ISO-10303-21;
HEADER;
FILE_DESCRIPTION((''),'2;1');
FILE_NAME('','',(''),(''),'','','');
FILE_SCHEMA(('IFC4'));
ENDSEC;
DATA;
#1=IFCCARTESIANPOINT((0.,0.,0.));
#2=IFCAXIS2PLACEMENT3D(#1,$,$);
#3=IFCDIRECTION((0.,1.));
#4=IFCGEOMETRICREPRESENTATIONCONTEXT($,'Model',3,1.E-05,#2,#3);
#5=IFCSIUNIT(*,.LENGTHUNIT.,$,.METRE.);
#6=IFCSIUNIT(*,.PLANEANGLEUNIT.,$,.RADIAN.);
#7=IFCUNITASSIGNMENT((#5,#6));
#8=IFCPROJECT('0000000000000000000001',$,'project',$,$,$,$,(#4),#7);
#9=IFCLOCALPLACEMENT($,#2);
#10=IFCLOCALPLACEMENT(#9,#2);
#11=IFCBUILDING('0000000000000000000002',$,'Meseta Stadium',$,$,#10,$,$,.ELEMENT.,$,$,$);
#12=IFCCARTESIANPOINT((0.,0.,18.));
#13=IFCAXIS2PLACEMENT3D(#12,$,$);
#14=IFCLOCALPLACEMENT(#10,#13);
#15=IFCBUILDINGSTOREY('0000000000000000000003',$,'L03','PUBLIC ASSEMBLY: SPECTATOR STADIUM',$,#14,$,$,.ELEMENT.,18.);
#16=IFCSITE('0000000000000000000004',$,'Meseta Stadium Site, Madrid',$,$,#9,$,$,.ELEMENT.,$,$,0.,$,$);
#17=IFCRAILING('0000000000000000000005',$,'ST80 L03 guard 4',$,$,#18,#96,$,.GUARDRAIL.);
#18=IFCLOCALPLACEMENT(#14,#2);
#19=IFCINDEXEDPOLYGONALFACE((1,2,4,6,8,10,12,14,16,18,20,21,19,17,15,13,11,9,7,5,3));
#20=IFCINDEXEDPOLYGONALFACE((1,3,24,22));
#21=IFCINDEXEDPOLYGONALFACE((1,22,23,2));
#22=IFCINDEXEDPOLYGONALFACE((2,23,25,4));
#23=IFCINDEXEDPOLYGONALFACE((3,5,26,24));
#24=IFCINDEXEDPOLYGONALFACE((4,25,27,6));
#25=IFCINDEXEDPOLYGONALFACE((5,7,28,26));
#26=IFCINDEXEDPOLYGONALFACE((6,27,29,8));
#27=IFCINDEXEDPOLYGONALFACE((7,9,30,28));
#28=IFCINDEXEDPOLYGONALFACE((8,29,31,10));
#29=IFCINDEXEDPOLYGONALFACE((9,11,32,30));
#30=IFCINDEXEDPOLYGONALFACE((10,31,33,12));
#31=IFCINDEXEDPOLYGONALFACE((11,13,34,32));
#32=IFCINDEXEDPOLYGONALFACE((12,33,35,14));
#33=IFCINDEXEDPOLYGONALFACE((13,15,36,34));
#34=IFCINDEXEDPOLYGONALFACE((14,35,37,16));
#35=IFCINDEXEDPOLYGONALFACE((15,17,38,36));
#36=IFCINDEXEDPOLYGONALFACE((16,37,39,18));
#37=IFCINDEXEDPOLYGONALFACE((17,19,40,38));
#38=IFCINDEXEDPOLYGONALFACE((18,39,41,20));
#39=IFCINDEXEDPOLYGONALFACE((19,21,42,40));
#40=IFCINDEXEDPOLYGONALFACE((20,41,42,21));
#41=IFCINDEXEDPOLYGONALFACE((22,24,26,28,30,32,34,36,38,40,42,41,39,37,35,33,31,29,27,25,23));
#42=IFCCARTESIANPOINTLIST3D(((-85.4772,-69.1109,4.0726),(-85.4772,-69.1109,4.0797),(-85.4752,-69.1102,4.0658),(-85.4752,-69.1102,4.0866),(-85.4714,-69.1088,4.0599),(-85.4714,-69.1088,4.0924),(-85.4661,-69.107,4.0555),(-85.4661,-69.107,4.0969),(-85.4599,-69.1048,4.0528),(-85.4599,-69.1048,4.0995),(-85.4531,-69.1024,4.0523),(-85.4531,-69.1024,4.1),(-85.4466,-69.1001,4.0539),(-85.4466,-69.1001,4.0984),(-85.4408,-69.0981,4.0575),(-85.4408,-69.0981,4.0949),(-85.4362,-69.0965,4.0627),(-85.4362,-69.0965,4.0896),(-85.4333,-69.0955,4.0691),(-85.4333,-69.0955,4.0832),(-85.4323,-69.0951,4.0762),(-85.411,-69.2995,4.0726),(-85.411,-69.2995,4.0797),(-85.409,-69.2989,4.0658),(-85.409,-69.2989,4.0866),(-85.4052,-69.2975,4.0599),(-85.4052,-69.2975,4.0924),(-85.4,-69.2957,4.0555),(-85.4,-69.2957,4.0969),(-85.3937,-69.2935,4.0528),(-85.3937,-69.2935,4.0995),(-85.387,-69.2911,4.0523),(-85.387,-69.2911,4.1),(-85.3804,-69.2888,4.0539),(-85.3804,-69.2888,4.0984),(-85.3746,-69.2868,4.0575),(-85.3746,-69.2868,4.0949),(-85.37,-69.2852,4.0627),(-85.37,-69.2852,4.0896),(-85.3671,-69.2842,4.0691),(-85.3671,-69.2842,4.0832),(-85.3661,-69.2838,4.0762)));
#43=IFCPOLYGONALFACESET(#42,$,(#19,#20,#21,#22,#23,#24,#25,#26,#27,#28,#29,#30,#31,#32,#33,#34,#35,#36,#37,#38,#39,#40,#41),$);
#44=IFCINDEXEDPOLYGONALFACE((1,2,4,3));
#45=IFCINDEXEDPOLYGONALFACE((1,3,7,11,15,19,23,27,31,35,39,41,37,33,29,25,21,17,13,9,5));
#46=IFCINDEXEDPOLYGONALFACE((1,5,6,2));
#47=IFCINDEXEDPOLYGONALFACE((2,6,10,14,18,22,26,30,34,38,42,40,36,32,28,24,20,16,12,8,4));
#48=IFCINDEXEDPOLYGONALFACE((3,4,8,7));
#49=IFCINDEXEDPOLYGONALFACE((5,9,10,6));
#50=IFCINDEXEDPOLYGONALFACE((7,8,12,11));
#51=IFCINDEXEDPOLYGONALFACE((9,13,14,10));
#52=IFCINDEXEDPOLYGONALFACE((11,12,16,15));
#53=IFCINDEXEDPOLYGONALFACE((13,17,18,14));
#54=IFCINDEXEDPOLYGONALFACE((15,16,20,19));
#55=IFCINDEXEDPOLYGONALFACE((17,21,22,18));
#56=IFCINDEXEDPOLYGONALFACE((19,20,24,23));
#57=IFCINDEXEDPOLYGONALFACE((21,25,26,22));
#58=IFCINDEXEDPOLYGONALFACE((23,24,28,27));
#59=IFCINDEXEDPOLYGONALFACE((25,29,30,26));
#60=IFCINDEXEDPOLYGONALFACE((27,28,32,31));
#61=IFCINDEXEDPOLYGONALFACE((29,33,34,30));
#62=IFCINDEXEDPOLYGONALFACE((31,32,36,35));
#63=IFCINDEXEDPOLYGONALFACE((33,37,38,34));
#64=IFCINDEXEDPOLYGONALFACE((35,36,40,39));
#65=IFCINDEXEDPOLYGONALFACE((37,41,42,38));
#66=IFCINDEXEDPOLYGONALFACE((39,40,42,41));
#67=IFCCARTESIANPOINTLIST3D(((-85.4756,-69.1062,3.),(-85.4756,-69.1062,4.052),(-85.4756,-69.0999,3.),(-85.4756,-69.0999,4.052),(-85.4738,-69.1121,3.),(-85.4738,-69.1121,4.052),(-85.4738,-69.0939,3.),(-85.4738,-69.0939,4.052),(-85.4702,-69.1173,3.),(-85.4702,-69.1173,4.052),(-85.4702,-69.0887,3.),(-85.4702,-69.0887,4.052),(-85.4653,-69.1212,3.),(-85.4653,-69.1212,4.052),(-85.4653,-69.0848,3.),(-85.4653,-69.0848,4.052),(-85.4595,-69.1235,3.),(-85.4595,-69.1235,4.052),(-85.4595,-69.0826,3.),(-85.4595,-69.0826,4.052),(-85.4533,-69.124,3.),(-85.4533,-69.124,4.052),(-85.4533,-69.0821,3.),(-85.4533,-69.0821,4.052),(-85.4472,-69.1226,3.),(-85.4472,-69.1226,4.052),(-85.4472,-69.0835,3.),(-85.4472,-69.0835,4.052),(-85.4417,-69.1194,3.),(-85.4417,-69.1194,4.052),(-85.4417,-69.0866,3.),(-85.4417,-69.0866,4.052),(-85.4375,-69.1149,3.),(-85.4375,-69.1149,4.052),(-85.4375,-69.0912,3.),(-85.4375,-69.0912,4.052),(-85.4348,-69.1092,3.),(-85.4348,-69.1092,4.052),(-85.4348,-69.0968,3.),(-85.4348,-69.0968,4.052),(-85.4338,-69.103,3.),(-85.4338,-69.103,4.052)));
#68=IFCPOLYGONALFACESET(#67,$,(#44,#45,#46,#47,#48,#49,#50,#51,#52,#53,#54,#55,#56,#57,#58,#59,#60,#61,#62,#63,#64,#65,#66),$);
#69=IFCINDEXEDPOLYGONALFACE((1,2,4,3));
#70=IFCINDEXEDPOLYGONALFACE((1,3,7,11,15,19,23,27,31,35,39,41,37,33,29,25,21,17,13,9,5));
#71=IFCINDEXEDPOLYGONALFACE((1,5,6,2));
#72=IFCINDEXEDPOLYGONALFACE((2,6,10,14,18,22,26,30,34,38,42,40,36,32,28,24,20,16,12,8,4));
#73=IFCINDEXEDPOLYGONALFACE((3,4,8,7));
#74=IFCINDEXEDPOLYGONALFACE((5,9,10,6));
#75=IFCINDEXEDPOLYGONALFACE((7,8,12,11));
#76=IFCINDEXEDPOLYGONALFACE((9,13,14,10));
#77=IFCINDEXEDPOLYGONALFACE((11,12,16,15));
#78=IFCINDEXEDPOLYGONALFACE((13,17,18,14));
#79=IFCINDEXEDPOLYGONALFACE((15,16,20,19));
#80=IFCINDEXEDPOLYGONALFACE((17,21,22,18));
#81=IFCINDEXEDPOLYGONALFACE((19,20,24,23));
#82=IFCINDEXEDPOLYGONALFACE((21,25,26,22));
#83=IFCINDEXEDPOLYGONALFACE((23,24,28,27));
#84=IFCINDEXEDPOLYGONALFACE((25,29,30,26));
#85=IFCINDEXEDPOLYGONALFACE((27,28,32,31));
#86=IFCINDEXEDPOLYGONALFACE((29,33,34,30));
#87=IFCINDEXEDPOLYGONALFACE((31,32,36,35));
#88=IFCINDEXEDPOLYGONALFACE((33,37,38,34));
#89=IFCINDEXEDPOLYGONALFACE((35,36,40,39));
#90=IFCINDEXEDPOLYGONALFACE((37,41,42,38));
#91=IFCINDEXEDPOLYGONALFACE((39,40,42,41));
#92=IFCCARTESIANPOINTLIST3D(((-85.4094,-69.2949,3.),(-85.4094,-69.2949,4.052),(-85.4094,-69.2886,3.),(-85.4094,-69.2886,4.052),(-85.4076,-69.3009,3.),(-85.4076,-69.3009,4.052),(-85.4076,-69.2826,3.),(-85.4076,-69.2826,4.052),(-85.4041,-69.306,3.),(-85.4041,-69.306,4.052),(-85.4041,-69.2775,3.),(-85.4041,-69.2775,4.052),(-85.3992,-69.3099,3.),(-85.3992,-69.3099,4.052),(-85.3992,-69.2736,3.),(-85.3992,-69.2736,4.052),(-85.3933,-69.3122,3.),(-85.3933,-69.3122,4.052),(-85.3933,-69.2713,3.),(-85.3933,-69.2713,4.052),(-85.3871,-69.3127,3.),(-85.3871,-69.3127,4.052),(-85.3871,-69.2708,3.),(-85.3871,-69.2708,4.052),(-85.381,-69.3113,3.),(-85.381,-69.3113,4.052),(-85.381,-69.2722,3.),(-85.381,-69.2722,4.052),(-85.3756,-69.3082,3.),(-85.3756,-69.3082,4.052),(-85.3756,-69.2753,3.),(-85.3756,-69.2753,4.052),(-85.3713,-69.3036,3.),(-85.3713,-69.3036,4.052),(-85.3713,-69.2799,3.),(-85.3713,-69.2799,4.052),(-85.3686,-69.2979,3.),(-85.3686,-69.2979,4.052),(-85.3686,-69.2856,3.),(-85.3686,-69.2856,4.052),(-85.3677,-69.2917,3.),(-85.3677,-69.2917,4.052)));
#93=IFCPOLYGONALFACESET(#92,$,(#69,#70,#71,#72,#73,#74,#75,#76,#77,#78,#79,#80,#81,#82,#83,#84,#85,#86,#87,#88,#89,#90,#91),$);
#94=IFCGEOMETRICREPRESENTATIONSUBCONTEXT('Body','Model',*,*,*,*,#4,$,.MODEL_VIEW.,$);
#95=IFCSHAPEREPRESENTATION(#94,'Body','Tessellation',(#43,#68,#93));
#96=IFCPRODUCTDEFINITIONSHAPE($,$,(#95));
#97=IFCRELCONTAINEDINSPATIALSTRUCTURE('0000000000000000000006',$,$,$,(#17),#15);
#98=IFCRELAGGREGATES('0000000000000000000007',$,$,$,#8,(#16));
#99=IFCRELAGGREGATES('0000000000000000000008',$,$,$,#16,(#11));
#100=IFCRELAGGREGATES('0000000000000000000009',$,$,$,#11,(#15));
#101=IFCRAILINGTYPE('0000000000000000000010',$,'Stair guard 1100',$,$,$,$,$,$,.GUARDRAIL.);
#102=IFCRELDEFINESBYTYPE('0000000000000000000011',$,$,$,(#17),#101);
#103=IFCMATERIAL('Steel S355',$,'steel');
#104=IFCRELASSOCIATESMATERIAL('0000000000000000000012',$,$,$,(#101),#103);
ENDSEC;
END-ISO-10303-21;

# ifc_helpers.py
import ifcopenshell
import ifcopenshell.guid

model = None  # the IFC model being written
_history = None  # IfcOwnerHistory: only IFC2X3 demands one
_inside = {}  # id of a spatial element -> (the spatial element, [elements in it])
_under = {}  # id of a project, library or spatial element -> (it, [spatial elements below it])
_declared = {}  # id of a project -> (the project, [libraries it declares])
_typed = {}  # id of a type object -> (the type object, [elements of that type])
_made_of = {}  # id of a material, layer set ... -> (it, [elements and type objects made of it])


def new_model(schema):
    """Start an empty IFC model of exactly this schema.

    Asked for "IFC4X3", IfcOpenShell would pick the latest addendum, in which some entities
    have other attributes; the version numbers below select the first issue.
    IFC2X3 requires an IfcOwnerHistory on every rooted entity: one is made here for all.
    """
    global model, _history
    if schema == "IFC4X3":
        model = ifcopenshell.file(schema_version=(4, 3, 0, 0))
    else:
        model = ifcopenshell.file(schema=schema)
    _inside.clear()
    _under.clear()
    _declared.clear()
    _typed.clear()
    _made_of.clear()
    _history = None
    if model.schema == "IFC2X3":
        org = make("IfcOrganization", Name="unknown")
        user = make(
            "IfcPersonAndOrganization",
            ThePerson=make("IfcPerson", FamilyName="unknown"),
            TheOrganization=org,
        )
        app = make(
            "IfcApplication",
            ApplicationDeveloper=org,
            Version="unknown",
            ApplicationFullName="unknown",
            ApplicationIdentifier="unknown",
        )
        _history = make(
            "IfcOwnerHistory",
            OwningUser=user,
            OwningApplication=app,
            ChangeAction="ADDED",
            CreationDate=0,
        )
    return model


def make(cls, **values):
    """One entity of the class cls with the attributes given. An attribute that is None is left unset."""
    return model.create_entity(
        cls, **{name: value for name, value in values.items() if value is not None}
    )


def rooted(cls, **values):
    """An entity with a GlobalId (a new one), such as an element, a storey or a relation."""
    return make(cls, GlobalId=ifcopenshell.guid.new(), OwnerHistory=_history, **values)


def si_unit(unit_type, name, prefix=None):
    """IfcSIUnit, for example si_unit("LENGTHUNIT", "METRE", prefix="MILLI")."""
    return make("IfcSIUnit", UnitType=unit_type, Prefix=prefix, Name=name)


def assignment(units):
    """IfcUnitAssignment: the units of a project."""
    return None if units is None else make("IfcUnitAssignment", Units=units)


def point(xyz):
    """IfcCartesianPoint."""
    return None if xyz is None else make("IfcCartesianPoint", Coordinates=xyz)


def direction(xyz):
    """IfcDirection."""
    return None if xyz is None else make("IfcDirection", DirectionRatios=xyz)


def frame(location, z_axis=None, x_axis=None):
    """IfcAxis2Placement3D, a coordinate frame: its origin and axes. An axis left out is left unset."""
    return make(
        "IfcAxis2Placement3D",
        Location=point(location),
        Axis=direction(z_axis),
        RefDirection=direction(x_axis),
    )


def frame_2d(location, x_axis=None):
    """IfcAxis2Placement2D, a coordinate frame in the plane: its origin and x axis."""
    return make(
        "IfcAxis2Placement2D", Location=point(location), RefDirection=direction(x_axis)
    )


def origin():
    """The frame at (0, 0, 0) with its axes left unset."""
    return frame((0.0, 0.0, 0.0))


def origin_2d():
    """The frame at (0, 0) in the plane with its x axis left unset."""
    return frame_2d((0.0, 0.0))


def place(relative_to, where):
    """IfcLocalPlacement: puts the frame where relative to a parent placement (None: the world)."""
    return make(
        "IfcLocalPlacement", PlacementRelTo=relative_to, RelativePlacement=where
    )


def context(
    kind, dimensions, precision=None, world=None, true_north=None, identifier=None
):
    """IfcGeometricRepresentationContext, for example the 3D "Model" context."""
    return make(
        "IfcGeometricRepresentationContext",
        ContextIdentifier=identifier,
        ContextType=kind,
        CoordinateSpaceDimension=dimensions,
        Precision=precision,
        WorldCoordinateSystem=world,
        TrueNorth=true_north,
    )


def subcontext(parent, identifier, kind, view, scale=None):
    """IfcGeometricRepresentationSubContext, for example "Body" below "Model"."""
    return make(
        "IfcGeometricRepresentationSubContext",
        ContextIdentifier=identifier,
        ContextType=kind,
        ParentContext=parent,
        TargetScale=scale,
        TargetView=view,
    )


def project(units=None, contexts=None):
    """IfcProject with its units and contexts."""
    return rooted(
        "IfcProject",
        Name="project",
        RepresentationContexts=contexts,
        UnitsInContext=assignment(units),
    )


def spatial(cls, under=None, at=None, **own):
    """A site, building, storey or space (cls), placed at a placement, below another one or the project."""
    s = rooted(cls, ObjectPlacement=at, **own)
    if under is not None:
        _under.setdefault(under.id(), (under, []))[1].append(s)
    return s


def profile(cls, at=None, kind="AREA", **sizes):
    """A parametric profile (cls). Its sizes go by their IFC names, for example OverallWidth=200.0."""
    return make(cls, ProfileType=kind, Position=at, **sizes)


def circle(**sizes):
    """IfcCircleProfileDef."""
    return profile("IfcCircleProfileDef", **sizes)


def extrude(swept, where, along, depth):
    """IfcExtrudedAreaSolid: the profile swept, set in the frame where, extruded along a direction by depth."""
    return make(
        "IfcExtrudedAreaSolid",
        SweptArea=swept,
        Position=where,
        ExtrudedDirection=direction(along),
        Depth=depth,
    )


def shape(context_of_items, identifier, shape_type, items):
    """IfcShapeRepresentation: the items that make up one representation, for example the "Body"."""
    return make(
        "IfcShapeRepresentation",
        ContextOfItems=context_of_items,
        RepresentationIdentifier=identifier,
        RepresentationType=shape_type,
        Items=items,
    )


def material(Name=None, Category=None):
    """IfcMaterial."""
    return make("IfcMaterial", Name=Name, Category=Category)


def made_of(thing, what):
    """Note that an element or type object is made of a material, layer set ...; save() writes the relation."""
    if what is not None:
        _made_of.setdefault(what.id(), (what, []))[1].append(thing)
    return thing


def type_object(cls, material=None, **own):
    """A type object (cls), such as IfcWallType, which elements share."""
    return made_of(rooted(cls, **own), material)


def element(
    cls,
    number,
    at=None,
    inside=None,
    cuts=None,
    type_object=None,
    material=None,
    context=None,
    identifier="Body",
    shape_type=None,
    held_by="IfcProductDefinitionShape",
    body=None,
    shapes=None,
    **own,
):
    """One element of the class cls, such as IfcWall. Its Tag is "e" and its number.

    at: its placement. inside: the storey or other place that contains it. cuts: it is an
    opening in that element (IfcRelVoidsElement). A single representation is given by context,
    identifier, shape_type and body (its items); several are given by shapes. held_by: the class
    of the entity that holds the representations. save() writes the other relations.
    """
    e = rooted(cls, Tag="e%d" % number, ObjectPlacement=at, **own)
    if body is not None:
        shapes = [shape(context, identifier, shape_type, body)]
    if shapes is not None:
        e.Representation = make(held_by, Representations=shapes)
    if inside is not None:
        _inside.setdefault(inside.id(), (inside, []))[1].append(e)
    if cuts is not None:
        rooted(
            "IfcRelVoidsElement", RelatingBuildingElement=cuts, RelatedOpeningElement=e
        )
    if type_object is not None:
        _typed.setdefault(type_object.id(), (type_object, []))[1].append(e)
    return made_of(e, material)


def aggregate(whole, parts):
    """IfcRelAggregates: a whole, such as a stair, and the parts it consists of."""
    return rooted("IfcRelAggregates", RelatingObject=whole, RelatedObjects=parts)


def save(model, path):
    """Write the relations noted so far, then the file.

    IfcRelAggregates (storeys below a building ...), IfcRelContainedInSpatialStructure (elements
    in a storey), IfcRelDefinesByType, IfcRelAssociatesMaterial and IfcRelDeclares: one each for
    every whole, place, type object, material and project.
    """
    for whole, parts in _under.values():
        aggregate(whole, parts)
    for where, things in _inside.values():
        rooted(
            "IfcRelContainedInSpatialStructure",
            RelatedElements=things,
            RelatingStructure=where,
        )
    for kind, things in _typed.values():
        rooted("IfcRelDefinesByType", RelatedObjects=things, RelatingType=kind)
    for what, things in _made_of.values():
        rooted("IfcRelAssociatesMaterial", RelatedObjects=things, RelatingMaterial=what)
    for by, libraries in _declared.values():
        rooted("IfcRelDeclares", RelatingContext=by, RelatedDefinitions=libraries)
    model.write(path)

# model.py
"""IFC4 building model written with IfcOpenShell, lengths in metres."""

from ifc_helpers import new_model, si_unit, direction, frame, origin, origin_2d, place, context, subcontext, project, spatial, circle, extrude, material, type_object, element, save


model = new_model("IFC4")

# Units and contexts
model_context = context("Model", 3, precision=1e-05, world=origin(), true_north=direction((0.0, 1.0)))
body_context = subcontext(model_context, "Body", "Model", "MODEL_VIEW")
ifc_project = project(units=[si_unit("LENGTHUNIT", "METRE"), si_unit("PLANEANGLEUNIT", "RADIAN")], contexts=[model_context])

# Site, building, storey
site_placement = place(None, origin())
site = spatial("IfcSite", under=ifc_project, at=site_placement, Name="Meseta Stadium Site, Madrid", CompositionType="ELEMENT", RefElevation=0.0)
building_placement = place(site_placement, origin())
building = spatial("IfcBuilding", under=site, at=building_placement, Name="Meseta Stadium", CompositionType="ELEMENT")
storey_placement = place(building_placement, frame((0.0, 0.0, 18.0)))
storey = spatial("IfcBuildingStorey", under=building, at=storey_placement, Name="L03", Description="PUBLIC ASSEMBLY: SPECTATOR STADIUM", CompositionType="ELEMENT", Elevation=18.0)

# Railing
ifc_material_1 = material(Name="Steel S355", Category="steel")
railing_type = type_object("IfcRailingType", Name="Stair guard 1100", PredefinedType="GUARDRAIL", material=ifc_material_1)
railing_1_placement = place(storey_placement, frame((-85.4548, -69.103, 3.0)))
element("IfcRailing", 1, at=railing_1_placement, inside=storey, type_object=railing_type, Name="ST80 L03 guard 4", PredefinedType="GUARDRAIL", context=body_context, shape_type="SweptSolid", body=[
    extrude(circle(Radius=0.0239, at=origin_2d()), frame((0.0, 0.0, 1.0762), z_axis=(0.33084, -0.943687, 0.0), x_axis=(0.943687, 0.33084, 0.0)), (0.0, 0.0, 1.0), 0.2),
    extrude(circle(Radius=0.021, at=origin_2d()), origin(), (0.0, 0.0, 1.0), 1.052),
    extrude(circle(Radius=0.021, at=origin_2d()), frame((0.0662, -0.1887, 0.0)), (0.0, 0.0, 1.0), 1.052),
])

save(model, "model.ifc")
